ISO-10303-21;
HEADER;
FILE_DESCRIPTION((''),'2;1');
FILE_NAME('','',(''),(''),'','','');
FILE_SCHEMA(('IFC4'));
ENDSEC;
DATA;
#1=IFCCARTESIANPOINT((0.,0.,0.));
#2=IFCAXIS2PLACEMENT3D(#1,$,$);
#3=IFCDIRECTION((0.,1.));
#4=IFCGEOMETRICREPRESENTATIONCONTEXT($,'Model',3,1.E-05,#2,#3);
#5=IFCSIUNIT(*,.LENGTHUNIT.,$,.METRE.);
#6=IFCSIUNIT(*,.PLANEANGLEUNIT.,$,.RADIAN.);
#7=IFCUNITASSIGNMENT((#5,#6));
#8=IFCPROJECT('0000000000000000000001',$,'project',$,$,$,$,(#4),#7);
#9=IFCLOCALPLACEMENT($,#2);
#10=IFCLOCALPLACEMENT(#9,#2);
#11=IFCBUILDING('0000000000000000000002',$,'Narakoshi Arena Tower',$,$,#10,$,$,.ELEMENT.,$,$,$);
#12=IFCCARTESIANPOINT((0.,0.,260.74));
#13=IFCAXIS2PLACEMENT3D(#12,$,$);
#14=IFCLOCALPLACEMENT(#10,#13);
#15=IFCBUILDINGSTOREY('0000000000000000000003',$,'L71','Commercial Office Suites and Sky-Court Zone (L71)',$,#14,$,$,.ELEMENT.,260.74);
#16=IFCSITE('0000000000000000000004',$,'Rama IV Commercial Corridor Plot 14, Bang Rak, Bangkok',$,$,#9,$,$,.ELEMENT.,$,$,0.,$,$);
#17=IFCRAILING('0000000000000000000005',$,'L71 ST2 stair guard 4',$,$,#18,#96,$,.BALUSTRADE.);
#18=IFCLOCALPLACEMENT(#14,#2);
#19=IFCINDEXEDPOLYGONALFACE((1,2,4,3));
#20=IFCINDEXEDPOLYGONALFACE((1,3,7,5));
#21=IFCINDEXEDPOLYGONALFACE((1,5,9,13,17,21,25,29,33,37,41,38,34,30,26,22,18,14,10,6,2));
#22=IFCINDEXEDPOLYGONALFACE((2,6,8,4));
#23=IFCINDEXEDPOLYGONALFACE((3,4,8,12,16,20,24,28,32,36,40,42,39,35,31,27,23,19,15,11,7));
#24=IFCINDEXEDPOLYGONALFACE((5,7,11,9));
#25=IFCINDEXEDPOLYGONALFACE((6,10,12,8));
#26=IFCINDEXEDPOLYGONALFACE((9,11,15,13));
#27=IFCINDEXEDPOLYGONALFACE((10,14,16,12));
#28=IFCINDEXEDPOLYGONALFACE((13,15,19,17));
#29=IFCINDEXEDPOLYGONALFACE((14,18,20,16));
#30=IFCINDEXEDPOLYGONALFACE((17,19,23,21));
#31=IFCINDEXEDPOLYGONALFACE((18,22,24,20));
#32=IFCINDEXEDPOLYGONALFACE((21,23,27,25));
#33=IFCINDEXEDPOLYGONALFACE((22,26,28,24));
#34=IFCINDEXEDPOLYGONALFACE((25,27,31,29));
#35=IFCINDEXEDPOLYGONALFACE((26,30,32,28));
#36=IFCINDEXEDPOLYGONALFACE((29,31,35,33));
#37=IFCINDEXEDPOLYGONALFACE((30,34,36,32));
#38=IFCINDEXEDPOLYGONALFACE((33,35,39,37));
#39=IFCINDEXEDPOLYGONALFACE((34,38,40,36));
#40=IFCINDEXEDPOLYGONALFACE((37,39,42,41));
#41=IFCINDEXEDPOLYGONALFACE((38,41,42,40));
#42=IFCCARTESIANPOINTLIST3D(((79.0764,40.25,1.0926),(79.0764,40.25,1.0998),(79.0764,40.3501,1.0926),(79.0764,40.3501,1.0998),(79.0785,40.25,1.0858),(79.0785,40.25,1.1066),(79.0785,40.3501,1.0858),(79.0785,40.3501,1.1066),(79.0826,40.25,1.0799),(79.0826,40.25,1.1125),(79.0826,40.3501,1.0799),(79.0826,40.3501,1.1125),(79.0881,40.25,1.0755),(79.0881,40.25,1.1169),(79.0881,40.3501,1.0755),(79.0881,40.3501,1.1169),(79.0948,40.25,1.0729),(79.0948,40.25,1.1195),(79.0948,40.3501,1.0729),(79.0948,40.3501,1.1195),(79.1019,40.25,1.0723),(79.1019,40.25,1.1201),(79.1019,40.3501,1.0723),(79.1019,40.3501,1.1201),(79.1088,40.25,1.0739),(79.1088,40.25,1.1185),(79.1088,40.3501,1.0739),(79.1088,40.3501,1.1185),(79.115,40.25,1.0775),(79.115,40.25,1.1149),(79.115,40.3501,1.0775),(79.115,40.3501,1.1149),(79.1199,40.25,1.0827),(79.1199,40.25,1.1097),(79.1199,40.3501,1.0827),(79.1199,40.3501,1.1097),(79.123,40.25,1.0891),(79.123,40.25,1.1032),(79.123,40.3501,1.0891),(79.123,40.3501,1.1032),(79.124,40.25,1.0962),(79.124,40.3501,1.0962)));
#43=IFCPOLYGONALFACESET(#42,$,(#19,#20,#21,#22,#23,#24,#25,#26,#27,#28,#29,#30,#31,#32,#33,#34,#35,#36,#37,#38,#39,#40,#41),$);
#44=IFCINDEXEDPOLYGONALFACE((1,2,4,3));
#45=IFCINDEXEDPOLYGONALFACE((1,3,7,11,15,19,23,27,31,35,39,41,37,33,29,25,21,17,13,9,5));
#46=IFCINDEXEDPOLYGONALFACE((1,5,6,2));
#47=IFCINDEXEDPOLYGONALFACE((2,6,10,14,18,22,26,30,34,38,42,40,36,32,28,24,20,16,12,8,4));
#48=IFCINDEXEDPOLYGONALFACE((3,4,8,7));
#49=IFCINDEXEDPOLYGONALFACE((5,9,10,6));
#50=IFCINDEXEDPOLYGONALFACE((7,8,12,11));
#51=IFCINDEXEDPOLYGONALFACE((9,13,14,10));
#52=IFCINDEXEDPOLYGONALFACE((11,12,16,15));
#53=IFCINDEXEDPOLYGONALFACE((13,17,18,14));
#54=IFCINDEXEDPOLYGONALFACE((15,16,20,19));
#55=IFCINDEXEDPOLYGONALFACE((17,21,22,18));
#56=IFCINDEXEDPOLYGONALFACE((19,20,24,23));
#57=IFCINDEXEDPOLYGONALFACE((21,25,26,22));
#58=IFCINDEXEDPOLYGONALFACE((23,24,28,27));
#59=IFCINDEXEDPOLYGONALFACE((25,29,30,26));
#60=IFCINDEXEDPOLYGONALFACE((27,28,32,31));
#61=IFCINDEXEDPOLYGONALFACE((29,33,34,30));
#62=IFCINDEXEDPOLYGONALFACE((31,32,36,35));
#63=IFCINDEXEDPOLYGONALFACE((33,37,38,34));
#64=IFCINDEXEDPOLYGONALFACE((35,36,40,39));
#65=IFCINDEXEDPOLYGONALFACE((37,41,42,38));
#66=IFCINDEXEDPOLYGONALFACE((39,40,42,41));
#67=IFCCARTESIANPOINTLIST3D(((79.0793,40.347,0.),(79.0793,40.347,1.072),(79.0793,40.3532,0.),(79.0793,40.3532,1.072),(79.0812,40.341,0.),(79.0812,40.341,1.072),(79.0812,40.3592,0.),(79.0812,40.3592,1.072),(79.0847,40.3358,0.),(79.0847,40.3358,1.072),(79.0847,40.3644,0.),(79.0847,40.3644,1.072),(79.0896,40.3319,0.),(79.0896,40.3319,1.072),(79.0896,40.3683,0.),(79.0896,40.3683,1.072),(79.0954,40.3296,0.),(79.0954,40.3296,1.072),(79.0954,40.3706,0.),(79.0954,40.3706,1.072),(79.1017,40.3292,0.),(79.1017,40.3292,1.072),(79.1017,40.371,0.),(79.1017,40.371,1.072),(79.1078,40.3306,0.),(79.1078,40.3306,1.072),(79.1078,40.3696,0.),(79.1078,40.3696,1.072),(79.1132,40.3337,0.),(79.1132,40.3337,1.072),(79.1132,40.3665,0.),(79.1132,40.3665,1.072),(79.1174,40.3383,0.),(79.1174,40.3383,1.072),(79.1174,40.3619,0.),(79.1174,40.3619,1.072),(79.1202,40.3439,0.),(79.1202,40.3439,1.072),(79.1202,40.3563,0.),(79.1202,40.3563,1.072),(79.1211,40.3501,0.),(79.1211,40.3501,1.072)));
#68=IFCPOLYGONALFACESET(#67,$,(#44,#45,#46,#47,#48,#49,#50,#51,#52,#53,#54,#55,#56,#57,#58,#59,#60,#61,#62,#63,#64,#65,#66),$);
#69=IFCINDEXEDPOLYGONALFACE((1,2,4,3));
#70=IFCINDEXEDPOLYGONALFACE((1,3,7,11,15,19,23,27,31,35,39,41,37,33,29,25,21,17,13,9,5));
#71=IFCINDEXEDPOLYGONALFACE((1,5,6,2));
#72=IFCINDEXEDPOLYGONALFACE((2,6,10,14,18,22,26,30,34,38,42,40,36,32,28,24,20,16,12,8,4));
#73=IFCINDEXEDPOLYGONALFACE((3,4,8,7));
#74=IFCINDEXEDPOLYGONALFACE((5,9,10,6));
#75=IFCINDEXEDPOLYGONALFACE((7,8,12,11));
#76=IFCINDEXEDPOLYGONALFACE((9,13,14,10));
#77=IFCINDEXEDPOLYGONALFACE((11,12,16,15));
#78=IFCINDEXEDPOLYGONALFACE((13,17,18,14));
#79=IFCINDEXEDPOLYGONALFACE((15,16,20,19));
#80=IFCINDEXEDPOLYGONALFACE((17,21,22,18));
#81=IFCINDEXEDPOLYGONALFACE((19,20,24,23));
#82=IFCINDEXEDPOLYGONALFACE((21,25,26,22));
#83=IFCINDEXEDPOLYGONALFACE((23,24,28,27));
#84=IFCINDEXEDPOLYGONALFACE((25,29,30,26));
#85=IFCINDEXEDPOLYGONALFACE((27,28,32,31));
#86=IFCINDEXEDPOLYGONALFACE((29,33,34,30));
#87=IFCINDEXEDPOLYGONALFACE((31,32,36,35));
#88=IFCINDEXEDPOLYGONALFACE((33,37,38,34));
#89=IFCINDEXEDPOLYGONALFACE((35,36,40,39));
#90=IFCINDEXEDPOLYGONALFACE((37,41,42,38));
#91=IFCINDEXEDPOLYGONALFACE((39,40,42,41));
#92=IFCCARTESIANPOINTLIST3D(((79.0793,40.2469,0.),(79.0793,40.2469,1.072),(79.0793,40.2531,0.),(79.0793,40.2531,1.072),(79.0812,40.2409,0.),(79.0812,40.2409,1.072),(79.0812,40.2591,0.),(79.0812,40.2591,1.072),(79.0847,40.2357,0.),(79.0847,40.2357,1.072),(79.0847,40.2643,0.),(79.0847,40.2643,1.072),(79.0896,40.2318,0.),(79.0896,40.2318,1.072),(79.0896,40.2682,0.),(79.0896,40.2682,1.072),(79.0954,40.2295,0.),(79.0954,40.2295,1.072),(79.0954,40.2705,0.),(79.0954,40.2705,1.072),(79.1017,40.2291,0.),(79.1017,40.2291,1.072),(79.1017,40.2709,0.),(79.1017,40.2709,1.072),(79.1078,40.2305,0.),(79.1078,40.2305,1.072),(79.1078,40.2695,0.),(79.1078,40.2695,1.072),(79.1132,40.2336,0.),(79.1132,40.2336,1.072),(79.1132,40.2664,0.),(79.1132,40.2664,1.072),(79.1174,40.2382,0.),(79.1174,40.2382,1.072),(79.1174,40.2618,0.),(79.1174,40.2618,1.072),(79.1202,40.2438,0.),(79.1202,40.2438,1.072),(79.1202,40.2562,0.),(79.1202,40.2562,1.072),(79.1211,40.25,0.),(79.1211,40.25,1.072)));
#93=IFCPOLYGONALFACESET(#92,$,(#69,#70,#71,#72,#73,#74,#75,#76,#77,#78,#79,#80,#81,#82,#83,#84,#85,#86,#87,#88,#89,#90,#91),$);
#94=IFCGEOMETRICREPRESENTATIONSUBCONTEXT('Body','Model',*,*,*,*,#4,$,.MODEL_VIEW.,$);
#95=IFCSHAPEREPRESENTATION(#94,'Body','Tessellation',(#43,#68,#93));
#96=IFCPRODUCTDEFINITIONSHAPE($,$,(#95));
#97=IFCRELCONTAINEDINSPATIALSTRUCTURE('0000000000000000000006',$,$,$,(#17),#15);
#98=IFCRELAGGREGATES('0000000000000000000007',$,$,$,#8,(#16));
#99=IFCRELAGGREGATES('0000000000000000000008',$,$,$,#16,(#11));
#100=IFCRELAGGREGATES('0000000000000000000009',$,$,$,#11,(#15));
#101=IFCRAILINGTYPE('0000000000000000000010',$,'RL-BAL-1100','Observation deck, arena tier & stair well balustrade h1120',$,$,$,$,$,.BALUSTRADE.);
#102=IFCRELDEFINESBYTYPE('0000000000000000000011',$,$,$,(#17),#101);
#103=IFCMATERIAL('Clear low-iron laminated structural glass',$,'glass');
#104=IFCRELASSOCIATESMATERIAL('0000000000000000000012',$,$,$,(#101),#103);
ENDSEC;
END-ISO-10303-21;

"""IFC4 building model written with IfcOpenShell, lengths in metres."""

from ifc_helpers import new_model, si_unit, direction, frame, origin, origin_2d, place, context, subcontext, project, spatial, circle, extrude, material, type_object, element, save


model = new_model("IFC4")

# Units and contexts
model_context = context("Model", 3, precision=1e-05, world=origin(), true_north=direction((0.0, 1.0)))
body_context = subcontext(model_context, "Body", "Model", "MODEL_VIEW")
ifc_project = project(units=[si_unit("LENGTHUNIT", "METRE"), si_unit("PLANEANGLEUNIT", "RADIAN")], contexts=[model_context])

# Site, building, storey
site_placement = place(None, origin())
site = spatial("IfcSite", under=ifc_project, at=site_placement, Name="Rama IV Commercial Corridor Plot 14, Bang Rak, Bangkok", CompositionType="ELEMENT", RefElevation=0.0)
building_placement = place(site_placement, origin())
building = spatial("IfcBuilding", under=site, at=building_placement, Name="Narakoshi Arena Tower", CompositionType="ELEMENT")
storey_placement = place(building_placement, frame((0.0, 0.0, 260.74)))
storey = spatial("IfcBuildingStorey", under=building, at=storey_placement, Name="L71", Description="Commercial Office Suites and Sky-Court Zone (L71)", CompositionType="ELEMENT", Elevation=260.74)

# Railing
ifc_material_1 = material(Name="Clear low-iron laminated structural glass", Category="glass")
railing_type = type_object("IfcRailingType", Name="RL-BAL-1100", Description="Observation deck, arena tier & stair well balustrade h1120", PredefinedType="BALUSTRADE", material=ifc_material_1)
railing_1_placement = place(storey_placement, frame((79.1001, 40.3501, 0.0)))
element("IfcRailing", 1, at=railing_1_placement, inside=storey, type_object=railing_type, Name="L71 ST2 stair guard 4", PredefinedType="BALUSTRADE", context=body_context, shape_type="SweptSolid", body=[
    extrude(circle(Radius=0.0239, at=origin_2d()), frame((0.0, 0.0, 1.0962), z_axis=(0.0, -1.0, 0.0), x_axis=(1.0, 0.0, 0.0)), (0.0, 0.0, 1.0), 0.1001),
    extrude(circle(Radius=0.021, at=origin_2d()), origin(), (0.0, 0.0, 1.0), 1.072),
    extrude(circle(Radius=0.021, at=origin_2d()), frame((0.0, -0.1001, 0.0)), (0.0, 0.0, 1.0), 1.072),
])

save(model, "model.ifc")
